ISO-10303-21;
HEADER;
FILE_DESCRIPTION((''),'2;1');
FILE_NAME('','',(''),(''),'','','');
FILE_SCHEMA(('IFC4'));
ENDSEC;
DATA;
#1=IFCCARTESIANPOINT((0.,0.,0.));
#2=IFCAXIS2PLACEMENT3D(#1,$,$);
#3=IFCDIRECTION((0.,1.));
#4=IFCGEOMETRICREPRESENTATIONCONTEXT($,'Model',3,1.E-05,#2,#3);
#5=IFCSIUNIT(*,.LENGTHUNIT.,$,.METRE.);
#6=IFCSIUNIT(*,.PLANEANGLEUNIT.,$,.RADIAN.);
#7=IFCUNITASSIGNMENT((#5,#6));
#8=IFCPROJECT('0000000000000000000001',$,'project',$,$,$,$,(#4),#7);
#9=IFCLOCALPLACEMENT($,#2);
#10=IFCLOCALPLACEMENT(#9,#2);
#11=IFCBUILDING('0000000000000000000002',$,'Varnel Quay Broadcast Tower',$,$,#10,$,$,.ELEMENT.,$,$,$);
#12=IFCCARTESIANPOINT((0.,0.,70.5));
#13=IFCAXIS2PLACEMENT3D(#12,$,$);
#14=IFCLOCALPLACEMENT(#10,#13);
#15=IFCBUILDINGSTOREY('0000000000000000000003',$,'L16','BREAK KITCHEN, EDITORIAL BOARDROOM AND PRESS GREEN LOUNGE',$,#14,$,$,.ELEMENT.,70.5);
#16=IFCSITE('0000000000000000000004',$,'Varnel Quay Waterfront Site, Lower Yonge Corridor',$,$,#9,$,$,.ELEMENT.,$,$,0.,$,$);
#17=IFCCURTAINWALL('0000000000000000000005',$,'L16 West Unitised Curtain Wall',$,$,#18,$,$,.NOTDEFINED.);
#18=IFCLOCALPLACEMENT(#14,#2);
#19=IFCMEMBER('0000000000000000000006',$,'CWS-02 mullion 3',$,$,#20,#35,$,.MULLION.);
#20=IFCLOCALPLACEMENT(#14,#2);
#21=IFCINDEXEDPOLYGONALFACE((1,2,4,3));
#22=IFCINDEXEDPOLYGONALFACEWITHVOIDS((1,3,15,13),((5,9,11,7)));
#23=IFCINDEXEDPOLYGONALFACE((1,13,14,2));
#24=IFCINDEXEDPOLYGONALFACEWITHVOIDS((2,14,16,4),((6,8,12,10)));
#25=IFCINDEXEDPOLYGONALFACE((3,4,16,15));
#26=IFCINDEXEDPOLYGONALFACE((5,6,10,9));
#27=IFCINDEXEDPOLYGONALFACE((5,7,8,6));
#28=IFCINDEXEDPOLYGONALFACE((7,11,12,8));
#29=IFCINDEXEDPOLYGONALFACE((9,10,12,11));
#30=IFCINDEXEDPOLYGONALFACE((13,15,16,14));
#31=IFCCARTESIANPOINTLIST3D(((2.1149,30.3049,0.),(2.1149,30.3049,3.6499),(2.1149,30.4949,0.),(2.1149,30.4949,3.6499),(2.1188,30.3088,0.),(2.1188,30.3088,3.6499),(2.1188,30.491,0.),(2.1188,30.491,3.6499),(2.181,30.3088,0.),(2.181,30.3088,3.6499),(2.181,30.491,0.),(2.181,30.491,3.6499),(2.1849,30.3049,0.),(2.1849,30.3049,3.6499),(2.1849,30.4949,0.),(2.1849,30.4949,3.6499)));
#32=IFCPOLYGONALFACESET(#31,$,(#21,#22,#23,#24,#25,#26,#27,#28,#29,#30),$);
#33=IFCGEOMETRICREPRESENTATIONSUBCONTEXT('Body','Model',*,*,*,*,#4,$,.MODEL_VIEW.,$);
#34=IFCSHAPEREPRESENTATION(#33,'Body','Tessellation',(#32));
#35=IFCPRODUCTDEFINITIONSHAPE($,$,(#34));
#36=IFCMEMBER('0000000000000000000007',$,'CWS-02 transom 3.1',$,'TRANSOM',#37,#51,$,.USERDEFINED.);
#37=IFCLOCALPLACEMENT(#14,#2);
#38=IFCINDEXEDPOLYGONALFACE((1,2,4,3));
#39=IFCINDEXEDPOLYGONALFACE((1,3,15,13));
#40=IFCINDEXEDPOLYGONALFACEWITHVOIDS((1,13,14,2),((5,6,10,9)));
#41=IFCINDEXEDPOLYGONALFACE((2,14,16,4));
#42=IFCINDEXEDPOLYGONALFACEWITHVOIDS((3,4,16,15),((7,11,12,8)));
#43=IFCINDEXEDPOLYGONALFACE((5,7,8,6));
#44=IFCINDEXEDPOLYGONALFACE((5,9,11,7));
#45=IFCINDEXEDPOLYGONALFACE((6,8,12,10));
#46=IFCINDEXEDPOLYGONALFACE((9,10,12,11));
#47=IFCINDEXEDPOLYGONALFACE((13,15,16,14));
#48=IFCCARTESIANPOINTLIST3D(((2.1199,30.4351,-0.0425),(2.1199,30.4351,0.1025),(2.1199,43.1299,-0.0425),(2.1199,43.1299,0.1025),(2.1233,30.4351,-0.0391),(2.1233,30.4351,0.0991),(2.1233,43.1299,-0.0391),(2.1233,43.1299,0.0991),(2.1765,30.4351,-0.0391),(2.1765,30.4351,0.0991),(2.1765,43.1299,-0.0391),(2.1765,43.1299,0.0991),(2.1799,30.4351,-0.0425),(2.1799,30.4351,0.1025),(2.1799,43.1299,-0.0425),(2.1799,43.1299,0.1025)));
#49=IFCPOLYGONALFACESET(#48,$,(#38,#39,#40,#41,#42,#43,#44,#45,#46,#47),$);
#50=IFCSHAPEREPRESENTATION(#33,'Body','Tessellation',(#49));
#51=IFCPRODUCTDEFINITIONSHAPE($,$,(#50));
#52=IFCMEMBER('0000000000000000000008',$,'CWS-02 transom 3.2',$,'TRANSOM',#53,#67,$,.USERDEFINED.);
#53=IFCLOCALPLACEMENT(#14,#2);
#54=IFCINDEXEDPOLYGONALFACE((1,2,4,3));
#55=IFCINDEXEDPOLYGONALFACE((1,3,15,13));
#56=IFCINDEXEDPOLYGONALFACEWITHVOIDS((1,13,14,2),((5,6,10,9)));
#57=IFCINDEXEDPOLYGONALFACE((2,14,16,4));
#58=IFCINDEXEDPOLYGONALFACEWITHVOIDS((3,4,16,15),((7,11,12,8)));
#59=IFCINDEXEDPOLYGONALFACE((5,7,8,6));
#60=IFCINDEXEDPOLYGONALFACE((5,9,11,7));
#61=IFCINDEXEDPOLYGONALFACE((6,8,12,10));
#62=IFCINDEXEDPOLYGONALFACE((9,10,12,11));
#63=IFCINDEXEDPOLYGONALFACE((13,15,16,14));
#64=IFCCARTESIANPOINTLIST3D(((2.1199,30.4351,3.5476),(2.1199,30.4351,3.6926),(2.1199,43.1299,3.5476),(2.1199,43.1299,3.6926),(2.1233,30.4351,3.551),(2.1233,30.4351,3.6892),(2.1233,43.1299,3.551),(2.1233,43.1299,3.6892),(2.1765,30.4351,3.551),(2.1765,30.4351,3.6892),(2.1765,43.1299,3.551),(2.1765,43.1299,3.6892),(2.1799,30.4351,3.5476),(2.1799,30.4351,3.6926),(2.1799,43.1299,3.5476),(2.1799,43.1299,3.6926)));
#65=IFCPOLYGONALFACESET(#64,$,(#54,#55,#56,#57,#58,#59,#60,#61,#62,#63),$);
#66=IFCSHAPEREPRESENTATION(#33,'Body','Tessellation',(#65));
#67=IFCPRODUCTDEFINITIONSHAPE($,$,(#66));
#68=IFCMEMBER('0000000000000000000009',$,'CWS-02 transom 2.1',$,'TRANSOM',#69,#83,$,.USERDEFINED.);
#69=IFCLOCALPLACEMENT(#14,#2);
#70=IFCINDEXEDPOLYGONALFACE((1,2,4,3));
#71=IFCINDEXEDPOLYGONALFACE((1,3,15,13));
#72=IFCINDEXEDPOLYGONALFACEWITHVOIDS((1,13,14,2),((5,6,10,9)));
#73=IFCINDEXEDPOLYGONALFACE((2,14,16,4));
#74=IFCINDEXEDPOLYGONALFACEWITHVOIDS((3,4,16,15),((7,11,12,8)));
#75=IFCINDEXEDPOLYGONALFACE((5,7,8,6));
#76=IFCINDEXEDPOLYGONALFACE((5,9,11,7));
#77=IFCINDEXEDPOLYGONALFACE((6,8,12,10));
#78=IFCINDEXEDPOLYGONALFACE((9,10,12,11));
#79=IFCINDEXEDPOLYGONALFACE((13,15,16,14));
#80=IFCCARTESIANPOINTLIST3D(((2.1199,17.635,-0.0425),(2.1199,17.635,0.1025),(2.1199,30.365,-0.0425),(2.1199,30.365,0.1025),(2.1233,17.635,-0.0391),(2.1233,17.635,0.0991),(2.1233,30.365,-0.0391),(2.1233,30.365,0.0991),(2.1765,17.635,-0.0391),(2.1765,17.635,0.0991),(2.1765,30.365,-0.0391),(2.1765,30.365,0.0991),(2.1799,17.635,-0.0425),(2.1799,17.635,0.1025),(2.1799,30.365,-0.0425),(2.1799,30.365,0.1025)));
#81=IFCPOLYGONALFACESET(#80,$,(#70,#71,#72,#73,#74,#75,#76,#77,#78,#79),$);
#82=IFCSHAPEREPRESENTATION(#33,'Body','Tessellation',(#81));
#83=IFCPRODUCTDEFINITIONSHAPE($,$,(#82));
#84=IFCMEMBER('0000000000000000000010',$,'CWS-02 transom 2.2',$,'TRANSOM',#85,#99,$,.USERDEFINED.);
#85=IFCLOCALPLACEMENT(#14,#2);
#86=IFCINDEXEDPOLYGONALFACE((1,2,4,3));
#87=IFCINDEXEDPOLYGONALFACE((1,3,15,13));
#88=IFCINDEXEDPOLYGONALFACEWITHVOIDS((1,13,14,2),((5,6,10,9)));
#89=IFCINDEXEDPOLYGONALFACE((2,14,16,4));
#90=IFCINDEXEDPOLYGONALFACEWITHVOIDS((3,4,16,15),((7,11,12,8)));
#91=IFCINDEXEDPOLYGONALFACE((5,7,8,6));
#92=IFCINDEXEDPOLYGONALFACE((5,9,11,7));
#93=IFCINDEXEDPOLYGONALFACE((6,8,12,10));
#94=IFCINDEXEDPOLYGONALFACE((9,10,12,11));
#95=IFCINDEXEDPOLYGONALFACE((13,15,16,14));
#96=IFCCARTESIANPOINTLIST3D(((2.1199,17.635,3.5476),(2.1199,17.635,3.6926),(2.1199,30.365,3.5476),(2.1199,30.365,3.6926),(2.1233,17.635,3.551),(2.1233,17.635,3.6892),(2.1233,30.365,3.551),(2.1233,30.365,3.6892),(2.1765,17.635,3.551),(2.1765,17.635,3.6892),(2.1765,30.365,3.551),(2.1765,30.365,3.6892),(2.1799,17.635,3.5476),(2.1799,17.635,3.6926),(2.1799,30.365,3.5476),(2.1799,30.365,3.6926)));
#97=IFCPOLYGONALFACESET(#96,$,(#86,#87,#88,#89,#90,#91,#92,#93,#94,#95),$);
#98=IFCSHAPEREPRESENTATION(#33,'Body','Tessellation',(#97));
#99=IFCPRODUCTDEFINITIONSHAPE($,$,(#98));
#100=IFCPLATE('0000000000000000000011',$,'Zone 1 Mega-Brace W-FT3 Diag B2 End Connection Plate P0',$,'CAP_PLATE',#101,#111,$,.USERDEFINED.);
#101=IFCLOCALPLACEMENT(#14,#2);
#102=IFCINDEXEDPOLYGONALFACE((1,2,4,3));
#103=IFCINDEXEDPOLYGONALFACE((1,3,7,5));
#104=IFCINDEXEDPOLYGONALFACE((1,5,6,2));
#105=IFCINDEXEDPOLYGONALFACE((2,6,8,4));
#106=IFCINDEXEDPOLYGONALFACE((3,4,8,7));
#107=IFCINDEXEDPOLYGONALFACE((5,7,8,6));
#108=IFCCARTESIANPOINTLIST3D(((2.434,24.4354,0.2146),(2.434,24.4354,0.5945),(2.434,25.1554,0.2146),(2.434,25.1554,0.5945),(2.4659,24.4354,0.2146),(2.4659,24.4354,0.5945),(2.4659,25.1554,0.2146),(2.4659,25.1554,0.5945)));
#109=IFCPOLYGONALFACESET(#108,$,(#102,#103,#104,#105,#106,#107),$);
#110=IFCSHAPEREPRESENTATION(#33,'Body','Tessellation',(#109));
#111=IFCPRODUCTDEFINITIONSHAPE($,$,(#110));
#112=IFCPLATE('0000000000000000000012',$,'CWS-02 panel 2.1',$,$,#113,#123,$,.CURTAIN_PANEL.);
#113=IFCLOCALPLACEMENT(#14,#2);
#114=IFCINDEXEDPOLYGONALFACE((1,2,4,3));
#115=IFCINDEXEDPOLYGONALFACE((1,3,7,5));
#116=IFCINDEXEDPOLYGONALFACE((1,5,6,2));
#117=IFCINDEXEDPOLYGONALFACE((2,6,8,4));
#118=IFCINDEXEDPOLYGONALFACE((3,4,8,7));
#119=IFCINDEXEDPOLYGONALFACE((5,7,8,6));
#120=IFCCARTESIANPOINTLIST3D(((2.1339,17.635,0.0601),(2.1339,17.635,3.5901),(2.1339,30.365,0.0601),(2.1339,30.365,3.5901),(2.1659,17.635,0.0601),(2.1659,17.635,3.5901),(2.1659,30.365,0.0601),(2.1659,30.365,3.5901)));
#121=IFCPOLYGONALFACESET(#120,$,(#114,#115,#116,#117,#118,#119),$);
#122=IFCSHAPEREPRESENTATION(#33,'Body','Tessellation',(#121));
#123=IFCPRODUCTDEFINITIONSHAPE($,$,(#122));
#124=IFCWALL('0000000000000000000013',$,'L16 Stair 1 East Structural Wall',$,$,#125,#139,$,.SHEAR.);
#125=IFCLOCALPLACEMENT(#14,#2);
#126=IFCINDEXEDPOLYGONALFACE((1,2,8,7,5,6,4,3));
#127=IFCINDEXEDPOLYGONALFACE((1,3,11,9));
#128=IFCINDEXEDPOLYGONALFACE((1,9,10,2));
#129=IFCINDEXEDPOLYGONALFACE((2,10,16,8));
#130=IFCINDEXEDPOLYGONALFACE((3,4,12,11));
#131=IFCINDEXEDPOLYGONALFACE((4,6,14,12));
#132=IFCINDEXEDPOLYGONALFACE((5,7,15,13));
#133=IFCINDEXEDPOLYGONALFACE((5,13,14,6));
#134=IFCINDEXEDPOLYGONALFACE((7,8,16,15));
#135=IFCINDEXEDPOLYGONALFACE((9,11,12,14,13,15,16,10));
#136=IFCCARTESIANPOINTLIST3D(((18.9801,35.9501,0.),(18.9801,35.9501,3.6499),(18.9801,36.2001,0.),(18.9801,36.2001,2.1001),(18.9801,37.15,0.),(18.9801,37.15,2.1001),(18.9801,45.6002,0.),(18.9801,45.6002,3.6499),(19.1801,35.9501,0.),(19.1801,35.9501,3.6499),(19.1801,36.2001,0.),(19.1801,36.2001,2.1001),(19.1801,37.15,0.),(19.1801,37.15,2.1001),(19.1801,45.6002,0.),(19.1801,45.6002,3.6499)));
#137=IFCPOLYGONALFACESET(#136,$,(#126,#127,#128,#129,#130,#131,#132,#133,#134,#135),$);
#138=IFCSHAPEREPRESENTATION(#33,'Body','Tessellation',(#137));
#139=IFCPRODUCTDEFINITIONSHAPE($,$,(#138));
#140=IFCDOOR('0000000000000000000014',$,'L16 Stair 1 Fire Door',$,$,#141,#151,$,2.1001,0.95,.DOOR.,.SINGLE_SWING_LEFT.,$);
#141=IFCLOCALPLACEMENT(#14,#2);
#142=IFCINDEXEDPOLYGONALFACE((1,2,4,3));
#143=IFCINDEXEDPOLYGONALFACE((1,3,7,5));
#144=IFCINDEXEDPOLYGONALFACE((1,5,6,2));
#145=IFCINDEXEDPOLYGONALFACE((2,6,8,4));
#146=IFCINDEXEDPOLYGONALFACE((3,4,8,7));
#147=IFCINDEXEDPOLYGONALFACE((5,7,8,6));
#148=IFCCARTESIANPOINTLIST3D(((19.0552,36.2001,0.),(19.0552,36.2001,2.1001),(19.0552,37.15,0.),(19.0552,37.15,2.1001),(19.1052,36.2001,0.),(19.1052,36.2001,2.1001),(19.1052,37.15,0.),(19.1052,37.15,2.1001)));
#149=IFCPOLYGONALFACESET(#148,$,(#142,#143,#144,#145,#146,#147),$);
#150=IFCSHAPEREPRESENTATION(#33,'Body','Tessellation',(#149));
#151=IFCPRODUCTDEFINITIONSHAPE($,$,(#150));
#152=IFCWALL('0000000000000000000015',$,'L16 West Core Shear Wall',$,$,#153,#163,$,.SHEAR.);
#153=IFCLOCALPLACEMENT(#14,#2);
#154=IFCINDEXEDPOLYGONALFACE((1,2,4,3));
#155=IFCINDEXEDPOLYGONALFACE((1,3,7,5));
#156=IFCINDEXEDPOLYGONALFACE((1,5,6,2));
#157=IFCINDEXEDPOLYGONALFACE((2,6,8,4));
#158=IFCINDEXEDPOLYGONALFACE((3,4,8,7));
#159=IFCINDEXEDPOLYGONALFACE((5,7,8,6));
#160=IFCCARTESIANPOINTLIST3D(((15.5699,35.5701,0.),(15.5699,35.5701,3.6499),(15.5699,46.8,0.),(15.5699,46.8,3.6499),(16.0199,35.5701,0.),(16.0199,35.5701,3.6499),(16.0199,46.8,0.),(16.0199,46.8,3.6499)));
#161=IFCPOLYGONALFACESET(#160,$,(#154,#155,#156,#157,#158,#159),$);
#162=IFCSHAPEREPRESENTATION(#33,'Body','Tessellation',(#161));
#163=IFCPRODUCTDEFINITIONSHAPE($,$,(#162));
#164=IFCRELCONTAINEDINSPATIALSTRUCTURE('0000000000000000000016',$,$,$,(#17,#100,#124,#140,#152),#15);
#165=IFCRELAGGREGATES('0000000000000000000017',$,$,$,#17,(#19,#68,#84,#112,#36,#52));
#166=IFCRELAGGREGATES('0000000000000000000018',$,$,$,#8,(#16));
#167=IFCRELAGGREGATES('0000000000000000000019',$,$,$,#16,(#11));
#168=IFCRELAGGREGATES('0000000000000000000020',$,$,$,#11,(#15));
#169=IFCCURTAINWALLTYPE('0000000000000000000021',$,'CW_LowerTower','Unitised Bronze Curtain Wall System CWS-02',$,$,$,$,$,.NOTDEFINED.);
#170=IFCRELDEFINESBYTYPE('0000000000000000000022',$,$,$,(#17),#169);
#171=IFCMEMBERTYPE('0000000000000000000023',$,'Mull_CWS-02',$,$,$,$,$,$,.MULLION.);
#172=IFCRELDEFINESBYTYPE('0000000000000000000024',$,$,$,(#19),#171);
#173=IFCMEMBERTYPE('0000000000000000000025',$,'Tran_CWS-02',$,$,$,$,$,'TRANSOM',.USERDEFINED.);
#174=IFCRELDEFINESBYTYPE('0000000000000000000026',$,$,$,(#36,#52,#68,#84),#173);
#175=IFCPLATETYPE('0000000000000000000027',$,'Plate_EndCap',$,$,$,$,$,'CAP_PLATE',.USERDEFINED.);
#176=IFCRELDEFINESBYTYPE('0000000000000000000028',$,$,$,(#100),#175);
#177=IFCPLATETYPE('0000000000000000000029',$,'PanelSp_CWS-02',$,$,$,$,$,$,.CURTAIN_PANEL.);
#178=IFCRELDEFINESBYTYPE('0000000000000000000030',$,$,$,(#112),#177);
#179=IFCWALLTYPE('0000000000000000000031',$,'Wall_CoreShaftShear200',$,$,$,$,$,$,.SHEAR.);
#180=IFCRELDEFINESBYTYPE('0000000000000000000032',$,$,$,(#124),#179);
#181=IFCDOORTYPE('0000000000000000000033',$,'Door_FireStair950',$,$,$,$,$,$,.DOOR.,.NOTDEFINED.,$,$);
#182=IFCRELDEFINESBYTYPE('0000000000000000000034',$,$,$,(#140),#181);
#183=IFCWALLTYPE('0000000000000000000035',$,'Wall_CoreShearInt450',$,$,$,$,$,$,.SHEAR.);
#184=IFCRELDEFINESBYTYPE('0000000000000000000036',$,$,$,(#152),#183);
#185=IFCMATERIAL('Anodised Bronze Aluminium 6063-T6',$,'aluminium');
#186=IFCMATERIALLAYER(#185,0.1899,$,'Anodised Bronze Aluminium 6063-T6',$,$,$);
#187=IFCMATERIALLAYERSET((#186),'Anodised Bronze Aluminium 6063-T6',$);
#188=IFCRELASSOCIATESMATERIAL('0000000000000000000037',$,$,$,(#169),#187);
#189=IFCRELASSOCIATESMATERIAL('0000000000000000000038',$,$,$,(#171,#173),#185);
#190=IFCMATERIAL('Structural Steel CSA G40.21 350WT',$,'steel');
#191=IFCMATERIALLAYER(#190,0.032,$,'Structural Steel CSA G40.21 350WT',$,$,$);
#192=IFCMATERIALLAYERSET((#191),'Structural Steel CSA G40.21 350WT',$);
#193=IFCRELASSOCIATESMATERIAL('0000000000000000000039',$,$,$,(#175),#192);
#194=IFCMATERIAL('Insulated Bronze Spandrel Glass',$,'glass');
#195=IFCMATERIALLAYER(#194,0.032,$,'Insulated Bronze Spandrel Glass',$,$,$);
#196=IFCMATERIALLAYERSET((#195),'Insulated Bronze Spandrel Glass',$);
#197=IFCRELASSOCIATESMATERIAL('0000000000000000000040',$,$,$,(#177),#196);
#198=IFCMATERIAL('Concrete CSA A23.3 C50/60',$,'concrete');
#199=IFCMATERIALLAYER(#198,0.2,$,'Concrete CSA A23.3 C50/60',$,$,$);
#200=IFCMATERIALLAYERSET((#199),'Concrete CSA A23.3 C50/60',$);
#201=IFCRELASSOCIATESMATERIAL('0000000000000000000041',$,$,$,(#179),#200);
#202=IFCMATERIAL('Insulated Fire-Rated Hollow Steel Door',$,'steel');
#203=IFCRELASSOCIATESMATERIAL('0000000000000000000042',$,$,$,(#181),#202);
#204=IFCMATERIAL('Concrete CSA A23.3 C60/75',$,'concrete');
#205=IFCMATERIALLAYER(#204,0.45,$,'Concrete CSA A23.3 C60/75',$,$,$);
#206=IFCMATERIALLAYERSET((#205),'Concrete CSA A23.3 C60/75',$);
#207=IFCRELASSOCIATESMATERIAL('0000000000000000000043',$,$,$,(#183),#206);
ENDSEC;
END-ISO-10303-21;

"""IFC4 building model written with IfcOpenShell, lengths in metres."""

from ifc_helpers import new_model, si_unit, direction, frame, frame_2d, origin, origin_2d, place, context, subcontext, project, spatial, rectangle, hollow_rectangle, extrude, source, transform, mapped, material, layer, layer_set, material_profile, profile_set, type_object, type_shapes, element, fill, aggregate, save


model = new_model("IFC4")

# Units and contexts
model_context = context("Model", 3, precision=1e-05, world=origin(), true_north=direction((0.0, 1.0)))
body_context = subcontext(model_context, "Body", "Model", "MODEL_VIEW")
ifc_project = project(units=[si_unit("LENGTHUNIT", "METRE"), si_unit("PLANEANGLEUNIT", "RADIAN")], contexts=[model_context])

# Site, building, storey
site_placement = place(None, origin())
site = spatial("IfcSite", under=ifc_project, at=site_placement, Name="Varnel Quay Waterfront Site, Lower Yonge Corridor", CompositionType="ELEMENT", RefElevation=0.0)
building_placement = place(site_placement, origin())
building = spatial("IfcBuilding", under=site, at=building_placement, Name="Varnel Quay Broadcast Tower", CompositionType="ELEMENT")
storey_placement = place(building_placement, frame((0.0, 0.0, 70.5)))
storey = spatial("IfcBuildingStorey", under=building, at=storey_placement, Name="L16", Description="BREAK KITCHEN, EDITORIAL BOARDROOM AND PRESS GREEN LOUNGE", CompositionType="ELEMENT", Elevation=70.5)

# Shared definitions
ifc_material_1 = material(Name="Structural Steel CSA G40.21 350WT", Category="steel")
ifc_material_2 = material(Name="Concrete CSA A23.3 C60/75", Category="concrete")

# Curtain wall, members
ifc_material_3 = material(Name="Anodised Bronze Aluminium 6063-T6", Category="aluminium")
ifc_layer_1 = layer(ifc_material_3, 0.1899, Name="Anodised Bronze Aluminium 6063-T6")
ifc_layer_set_1 = layer_set([ifc_layer_1], Name="Anodised Bronze Aluminium 6063-T6")
curtain_wall_type = type_object("IfcCurtainWallType", Name="CW_LowerTower", Description="Unitised Bronze Curtain Wall System CWS-02", PredefinedType="NOTDEFINED", material=ifc_layer_set_1)
curtain_wall_placement = place(storey_placement, origin())
curtain_wall = element("IfcCurtainWall", 1, at=curtain_wall_placement, inside=storey, type_object=curtain_wall_type, Name="L16 West Unitised Curtain Wall", PredefinedType="NOTDEFINED")
ifc_material_profile_1 = material_profile(ifc_material_3, hollow_rectangle(XDim=0.0701, YDim=0.1899, WallThickness=0.0039, at=origin_2d()), Name="ALU70X190X4")
ifc_profile_set_1 = profile_set([ifc_material_profile_1], Name="Anodised Bronze Aluminium 6063-T6")
member_type_1 = type_object("IfcMemberType", Name="Mull_CWS-02", PredefinedType="MULLION", material=ifc_profile_set_1)
shared_shape_1 = source(origin(), body_context, "Body", "SweptSolid", [
    extrude(hollow_rectangle(XDim=0.0701, YDim=0.1899, WallThickness=0.0039, at=origin_2d()), origin(), (0.0, 0.0, 1.0), 3.6499),
])
type_shapes(member_type_1, [shared_shape_1])
member_1_placement = place(storey_placement, frame((2.1499, 30.3999, 0.0), z_axis=(0.0, 0.0, 1.0), x_axis=(-1.0, 0.0, 0.0)))
member_1 = element("IfcMember", 2, at=member_1_placement, type_object=member_type_1, Name="CWS-02 mullion 3", PredefinedType="MULLION", context=body_context, shape_type="MappedRepresentation", body=[
    mapped(shared_shape_1, transform((0.0, 0.0, 0.0), x_axis=(1.0, 0.0, 0.0), y_axis=(0.0, 1.0, 0.0), z_axis=(0.0, 0.0, 1.0), scale=1.0)),
])
ifc_material_profile_2 = material_profile(ifc_material_3, hollow_rectangle(XDim=0.0601, YDim=0.145, WallThickness=0.0034, at=origin_2d()), Name="ALU60X145X3.5")
ifc_profile_set_2 = profile_set([ifc_material_profile_2], Name="Anodised Bronze Aluminium 6063-T6")
member_type_2 = type_object("IfcMemberType", Name="Tran_CWS-02", ElementType="TRANSOM", PredefinedType="USERDEFINED", material=ifc_profile_set_2)
shared_shape_2 = source(origin(), body_context, "Body", "SweptSolid", [
    extrude(hollow_rectangle(XDim=0.0601, YDim=0.145, WallThickness=0.0034, at=origin_2d()), origin(), (0.0, 0.0, 1.0), 12.6948),
])
member_2_placement = place(storey_placement, frame((2.1499, 30.4351, 0.03), z_axis=(0.0, 1.0, 0.0), x_axis=(-1.0, 0.0, 0.0)))
member_2 = element("IfcMember", 3, at=member_2_placement, type_object=member_type_2, Name="CWS-02 transom 3.1", ObjectType="TRANSOM", PredefinedType="USERDEFINED", context=body_context, shape_type="MappedRepresentation", body=[
    mapped(shared_shape_2, transform((0.0, 0.0, 0.0), x_axis=(1.0, 0.0, 0.0), y_axis=(0.0, 1.0, 0.0), z_axis=(0.0, 0.0, 1.0), scale=1.0)),
])
member_3_placement = place(storey_placement, frame((2.1499, 30.4351, 3.6201), z_axis=(0.0, 1.0, 0.0), x_axis=(-1.0, 0.0, 0.0)))
member_3 = element("IfcMember", 4, at=member_3_placement, type_object=member_type_2, Name="CWS-02 transom 3.2", ObjectType="TRANSOM", PredefinedType="USERDEFINED", context=body_context, shape_type="MappedRepresentation", body=[
    mapped(shared_shape_2, transform((0.0, 0.0, 0.0), x_axis=(1.0, 0.0, 0.0), y_axis=(0.0, 1.0, 0.0), z_axis=(0.0, 0.0, 1.0), scale=1.0)),
])
shared_shape_3 = source(origin(), body_context, "Body", "SweptSolid", [
    extrude(hollow_rectangle(XDim=0.0601, YDim=0.145, WallThickness=0.0034, at=origin_2d()), origin(), (0.0, 0.0, 1.0), 12.73),
])
type_shapes(member_type_2, [shared_shape_2, shared_shape_3])
member_4_placement = place(storey_placement, frame((2.1499, 17.635, 0.03), z_axis=(0.0, 1.0, 0.0), x_axis=(-1.0, 0.0, 0.0)))
member_4 = element("IfcMember", 5, at=member_4_placement, type_object=member_type_2, Name="CWS-02 transom 2.1", ObjectType="TRANSOM", PredefinedType="USERDEFINED", context=body_context, shape_type="MappedRepresentation", body=[
    mapped(shared_shape_3, transform((0.0, 0.0, 0.0), x_axis=(1.0, 0.0, 0.0), y_axis=(0.0, 1.0, 0.0), z_axis=(0.0, 0.0, 1.0), scale=1.0)),
])
member_5_placement = place(storey_placement, frame((2.1499, 17.635, 3.6201), z_axis=(0.0, 1.0, 0.0), x_axis=(-1.0, 0.0, 0.0)))
member_5 = element("IfcMember", 6, at=member_5_placement, type_object=member_type_2, Name="CWS-02 transom 2.2", ObjectType="TRANSOM", PredefinedType="USERDEFINED", context=body_context, shape_type="MappedRepresentation", body=[
    mapped(shared_shape_3, transform((0.0, 0.0, 0.0), x_axis=(1.0, 0.0, 0.0), y_axis=(0.0, 1.0, 0.0), z_axis=(0.0, 0.0, 1.0), scale=1.0)),
])

# Plates
ifc_layer_2 = layer(ifc_material_1, 0.032, Name="Structural Steel CSA G40.21 350WT")
ifc_layer_set_2 = layer_set([ifc_layer_2], Name="Structural Steel CSA G40.21 350WT")
plate_type_1 = type_object("IfcPlateType", Name="Plate_EndCap", ElementType="CAP_PLATE", PredefinedType="USERDEFINED", material=ifc_layer_set_2)
shared_shape_4 = source(origin(), body_context, "Body", "SweptSolid", [
    extrude(rectangle(XDim=0.72, YDim=0.032, at=origin_2d()), origin(), (0.0, 0.0, 1.0), 0.3799),
])
type_shapes(plate_type_1, [shared_shape_4])
plate_1_placement = place(storey_placement, frame((2.45, 24.7954, 0.2146), z_axis=(0.0, 0.0, 1.0), x_axis=(0.0, 1.0, 0.0)))
element("IfcPlate", 7, at=plate_1_placement, inside=storey, type_object=plate_type_1, Name="Zone 1 Mega-Brace W-FT3 Diag B2 End Connection Plate P0", ObjectType="CAP_PLATE", PredefinedType="USERDEFINED", context=body_context, shape_type="MappedRepresentation", body=[
    mapped(shared_shape_4, transform((0.0, 0.0, 0.0), x_axis=(1.0, 0.0, 0.0), y_axis=(0.0, 1.0, 0.0), z_axis=(0.0, 0.0, 1.0), scale=1.0)),
])
ifc_material_4 = material(Name="Insulated Bronze Spandrel Glass", Category="glass")
ifc_layer_3 = layer(ifc_material_4, 0.032, Name="Insulated Bronze Spandrel Glass")
ifc_layer_set_3 = layer_set([ifc_layer_3], Name="Insulated Bronze Spandrel Glass")
plate_type_2 = type_object("IfcPlateType", Name="PanelSp_CWS-02", PredefinedType="CURTAIN_PANEL", material=ifc_layer_set_3)
shared_shape_5 = source(origin(), body_context, "Body", "SweptSolid", [
    extrude(rectangle(XDim=12.73, YDim=0.032, at=origin_2d()), origin(), (0.0, 0.0, 1.0), 3.53),
])
type_shapes(plate_type_2, [shared_shape_5])
plate_2_placement = place(storey_placement, frame((2.1499, 24.0, 0.0601), z_axis=(0.0, 0.0, 1.0), x_axis=(0.0, 1.0, 0.0)))
plate_2 = element("IfcPlate", 8, at=plate_2_placement, type_object=plate_type_2, Name="CWS-02 panel 2.1", PredefinedType="CURTAIN_PANEL", context=body_context, shape_type="MappedRepresentation", body=[
    mapped(shared_shape_5, transform((0.0, 0.0, 0.0), x_axis=(1.0, 0.0, 0.0), y_axis=(0.0, 1.0, 0.0), z_axis=(0.0, 0.0, 1.0), scale=1.0)),
])
aggregate(curtain_wall, [member_1, member_4, member_5, plate_2, member_2, member_3])

# Wall, opening, door
ifc_material_5 = material(Name="Concrete CSA A23.3 C50/60", Category="concrete")
ifc_layer_4 = layer(ifc_material_5, 0.2, Name="Concrete CSA A23.3 C50/60")
ifc_layer_set_4 = layer_set([ifc_layer_4], Name="Concrete CSA A23.3 C50/60")
wall_type_1 = type_object("IfcWallType", Name="Wall_CoreShaftShear200", PredefinedType="SHEAR", material=ifc_layer_set_4)
wall_1_placement = place(storey_placement, frame((19.0801, 35.95, 0.0), z_axis=(0.0, 0.0, 1.0), x_axis=(0.0, 1.0, 0.0)))
wall_1 = element("IfcWall", 9, at=wall_1_placement, inside=storey, type_object=wall_type_1, Name="L16 Stair 1 East Structural Wall", PredefinedType="SHEAR", context=body_context, shape_type="SweptSolid", body=[
    extrude(rectangle(XDim=9.6501, YDim=0.2, at=frame_2d((4.8252, 0.0))), origin(), (0.0, 0.0, 1.0), 3.6499),
])
opening_1_placement = place(wall_1_placement, frame((0.25, 0.0, 0.0)))
opening_1 = element("IfcOpeningElement", 10, at=opening_1_placement, cuts=wall_1, PredefinedType="OPENING", context=body_context, shape_type="SweptSolid", body=[
    extrude(rectangle(XDim=0.95, YDim=2.1001, at=frame_2d((0.4751, 1.05))), frame((0.0, 0.1099, 0.0), z_axis=(0.0, -1.0, 0.0), x_axis=(1.0, 0.0, 0.0)), (0.0, 0.0, 1.0), 0.22),
])
ifc_material_6 = material(Name="Insulated Fire-Rated Hollow Steel Door", Category="steel")
door_type_1 = type_object("IfcDoorType", Name="Door_FireStair950", OperationType="NOTDEFINED", PredefinedType="DOOR", material=ifc_material_6)
shared_shape_6 = source(origin(), body_context, "Body", "SweptSolid", [
    extrude(rectangle(XDim=0.95, YDim=2.1001, at=frame_2d((0.4751, 1.05))), frame((0.0, 0.0249, 0.0), z_axis=(0.0, -1.0, 0.0), x_axis=(1.0, 0.0, 0.0)), (0.0, 0.0, 1.0), 0.05),
])
type_shapes(door_type_1, [shared_shape_6])
door_1_placement = place(opening_1_placement, origin())
door_1 = element("IfcDoor", 11, at=door_1_placement, inside=storey, type_object=door_type_1, Name="L16 Stair 1 Fire Door", OperationType="SINGLE_SWING_LEFT", OverallHeight=2.1001, OverallWidth=0.95, PredefinedType="DOOR", context=body_context, shape_type="MappedRepresentation", body=[
    mapped(shared_shape_6, transform((0.0, 0.0, 0.0), x_axis=(1.0, 0.0, 0.0), y_axis=(0.0, 1.0, 0.0), z_axis=(0.0, 0.0, 1.0), scale=1.0)),
])
fill(opening_1, door_1)

# Wall
ifc_layer_5 = layer(ifc_material_2, 0.45, Name="Concrete CSA A23.3 C60/75")
ifc_layer_set_5 = layer_set([ifc_layer_5], Name="Concrete CSA A23.3 C60/75")
wall_type_2 = type_object("IfcWallType", Name="Wall_CoreShearInt450", PredefinedType="SHEAR", material=ifc_layer_set_5)
wall_2_placement = place(storey_placement, frame((15.7949, 35.5701, 0.0), z_axis=(0.0, 0.0, 1.0), x_axis=(0.0, 1.0, 0.0)))
element("IfcWall", 12, at=wall_2_placement, inside=storey, type_object=wall_type_2, Name="L16 West Core Shear Wall", PredefinedType="SHEAR", context=body_context, shape_type="SweptSolid", body=[
    extrude(rectangle(XDim=11.23, YDim=0.45, at=frame_2d((5.615, 0.0))), origin(), (0.0, 0.0, 1.0), 3.6499),
])

save(model, "model.ifc")
